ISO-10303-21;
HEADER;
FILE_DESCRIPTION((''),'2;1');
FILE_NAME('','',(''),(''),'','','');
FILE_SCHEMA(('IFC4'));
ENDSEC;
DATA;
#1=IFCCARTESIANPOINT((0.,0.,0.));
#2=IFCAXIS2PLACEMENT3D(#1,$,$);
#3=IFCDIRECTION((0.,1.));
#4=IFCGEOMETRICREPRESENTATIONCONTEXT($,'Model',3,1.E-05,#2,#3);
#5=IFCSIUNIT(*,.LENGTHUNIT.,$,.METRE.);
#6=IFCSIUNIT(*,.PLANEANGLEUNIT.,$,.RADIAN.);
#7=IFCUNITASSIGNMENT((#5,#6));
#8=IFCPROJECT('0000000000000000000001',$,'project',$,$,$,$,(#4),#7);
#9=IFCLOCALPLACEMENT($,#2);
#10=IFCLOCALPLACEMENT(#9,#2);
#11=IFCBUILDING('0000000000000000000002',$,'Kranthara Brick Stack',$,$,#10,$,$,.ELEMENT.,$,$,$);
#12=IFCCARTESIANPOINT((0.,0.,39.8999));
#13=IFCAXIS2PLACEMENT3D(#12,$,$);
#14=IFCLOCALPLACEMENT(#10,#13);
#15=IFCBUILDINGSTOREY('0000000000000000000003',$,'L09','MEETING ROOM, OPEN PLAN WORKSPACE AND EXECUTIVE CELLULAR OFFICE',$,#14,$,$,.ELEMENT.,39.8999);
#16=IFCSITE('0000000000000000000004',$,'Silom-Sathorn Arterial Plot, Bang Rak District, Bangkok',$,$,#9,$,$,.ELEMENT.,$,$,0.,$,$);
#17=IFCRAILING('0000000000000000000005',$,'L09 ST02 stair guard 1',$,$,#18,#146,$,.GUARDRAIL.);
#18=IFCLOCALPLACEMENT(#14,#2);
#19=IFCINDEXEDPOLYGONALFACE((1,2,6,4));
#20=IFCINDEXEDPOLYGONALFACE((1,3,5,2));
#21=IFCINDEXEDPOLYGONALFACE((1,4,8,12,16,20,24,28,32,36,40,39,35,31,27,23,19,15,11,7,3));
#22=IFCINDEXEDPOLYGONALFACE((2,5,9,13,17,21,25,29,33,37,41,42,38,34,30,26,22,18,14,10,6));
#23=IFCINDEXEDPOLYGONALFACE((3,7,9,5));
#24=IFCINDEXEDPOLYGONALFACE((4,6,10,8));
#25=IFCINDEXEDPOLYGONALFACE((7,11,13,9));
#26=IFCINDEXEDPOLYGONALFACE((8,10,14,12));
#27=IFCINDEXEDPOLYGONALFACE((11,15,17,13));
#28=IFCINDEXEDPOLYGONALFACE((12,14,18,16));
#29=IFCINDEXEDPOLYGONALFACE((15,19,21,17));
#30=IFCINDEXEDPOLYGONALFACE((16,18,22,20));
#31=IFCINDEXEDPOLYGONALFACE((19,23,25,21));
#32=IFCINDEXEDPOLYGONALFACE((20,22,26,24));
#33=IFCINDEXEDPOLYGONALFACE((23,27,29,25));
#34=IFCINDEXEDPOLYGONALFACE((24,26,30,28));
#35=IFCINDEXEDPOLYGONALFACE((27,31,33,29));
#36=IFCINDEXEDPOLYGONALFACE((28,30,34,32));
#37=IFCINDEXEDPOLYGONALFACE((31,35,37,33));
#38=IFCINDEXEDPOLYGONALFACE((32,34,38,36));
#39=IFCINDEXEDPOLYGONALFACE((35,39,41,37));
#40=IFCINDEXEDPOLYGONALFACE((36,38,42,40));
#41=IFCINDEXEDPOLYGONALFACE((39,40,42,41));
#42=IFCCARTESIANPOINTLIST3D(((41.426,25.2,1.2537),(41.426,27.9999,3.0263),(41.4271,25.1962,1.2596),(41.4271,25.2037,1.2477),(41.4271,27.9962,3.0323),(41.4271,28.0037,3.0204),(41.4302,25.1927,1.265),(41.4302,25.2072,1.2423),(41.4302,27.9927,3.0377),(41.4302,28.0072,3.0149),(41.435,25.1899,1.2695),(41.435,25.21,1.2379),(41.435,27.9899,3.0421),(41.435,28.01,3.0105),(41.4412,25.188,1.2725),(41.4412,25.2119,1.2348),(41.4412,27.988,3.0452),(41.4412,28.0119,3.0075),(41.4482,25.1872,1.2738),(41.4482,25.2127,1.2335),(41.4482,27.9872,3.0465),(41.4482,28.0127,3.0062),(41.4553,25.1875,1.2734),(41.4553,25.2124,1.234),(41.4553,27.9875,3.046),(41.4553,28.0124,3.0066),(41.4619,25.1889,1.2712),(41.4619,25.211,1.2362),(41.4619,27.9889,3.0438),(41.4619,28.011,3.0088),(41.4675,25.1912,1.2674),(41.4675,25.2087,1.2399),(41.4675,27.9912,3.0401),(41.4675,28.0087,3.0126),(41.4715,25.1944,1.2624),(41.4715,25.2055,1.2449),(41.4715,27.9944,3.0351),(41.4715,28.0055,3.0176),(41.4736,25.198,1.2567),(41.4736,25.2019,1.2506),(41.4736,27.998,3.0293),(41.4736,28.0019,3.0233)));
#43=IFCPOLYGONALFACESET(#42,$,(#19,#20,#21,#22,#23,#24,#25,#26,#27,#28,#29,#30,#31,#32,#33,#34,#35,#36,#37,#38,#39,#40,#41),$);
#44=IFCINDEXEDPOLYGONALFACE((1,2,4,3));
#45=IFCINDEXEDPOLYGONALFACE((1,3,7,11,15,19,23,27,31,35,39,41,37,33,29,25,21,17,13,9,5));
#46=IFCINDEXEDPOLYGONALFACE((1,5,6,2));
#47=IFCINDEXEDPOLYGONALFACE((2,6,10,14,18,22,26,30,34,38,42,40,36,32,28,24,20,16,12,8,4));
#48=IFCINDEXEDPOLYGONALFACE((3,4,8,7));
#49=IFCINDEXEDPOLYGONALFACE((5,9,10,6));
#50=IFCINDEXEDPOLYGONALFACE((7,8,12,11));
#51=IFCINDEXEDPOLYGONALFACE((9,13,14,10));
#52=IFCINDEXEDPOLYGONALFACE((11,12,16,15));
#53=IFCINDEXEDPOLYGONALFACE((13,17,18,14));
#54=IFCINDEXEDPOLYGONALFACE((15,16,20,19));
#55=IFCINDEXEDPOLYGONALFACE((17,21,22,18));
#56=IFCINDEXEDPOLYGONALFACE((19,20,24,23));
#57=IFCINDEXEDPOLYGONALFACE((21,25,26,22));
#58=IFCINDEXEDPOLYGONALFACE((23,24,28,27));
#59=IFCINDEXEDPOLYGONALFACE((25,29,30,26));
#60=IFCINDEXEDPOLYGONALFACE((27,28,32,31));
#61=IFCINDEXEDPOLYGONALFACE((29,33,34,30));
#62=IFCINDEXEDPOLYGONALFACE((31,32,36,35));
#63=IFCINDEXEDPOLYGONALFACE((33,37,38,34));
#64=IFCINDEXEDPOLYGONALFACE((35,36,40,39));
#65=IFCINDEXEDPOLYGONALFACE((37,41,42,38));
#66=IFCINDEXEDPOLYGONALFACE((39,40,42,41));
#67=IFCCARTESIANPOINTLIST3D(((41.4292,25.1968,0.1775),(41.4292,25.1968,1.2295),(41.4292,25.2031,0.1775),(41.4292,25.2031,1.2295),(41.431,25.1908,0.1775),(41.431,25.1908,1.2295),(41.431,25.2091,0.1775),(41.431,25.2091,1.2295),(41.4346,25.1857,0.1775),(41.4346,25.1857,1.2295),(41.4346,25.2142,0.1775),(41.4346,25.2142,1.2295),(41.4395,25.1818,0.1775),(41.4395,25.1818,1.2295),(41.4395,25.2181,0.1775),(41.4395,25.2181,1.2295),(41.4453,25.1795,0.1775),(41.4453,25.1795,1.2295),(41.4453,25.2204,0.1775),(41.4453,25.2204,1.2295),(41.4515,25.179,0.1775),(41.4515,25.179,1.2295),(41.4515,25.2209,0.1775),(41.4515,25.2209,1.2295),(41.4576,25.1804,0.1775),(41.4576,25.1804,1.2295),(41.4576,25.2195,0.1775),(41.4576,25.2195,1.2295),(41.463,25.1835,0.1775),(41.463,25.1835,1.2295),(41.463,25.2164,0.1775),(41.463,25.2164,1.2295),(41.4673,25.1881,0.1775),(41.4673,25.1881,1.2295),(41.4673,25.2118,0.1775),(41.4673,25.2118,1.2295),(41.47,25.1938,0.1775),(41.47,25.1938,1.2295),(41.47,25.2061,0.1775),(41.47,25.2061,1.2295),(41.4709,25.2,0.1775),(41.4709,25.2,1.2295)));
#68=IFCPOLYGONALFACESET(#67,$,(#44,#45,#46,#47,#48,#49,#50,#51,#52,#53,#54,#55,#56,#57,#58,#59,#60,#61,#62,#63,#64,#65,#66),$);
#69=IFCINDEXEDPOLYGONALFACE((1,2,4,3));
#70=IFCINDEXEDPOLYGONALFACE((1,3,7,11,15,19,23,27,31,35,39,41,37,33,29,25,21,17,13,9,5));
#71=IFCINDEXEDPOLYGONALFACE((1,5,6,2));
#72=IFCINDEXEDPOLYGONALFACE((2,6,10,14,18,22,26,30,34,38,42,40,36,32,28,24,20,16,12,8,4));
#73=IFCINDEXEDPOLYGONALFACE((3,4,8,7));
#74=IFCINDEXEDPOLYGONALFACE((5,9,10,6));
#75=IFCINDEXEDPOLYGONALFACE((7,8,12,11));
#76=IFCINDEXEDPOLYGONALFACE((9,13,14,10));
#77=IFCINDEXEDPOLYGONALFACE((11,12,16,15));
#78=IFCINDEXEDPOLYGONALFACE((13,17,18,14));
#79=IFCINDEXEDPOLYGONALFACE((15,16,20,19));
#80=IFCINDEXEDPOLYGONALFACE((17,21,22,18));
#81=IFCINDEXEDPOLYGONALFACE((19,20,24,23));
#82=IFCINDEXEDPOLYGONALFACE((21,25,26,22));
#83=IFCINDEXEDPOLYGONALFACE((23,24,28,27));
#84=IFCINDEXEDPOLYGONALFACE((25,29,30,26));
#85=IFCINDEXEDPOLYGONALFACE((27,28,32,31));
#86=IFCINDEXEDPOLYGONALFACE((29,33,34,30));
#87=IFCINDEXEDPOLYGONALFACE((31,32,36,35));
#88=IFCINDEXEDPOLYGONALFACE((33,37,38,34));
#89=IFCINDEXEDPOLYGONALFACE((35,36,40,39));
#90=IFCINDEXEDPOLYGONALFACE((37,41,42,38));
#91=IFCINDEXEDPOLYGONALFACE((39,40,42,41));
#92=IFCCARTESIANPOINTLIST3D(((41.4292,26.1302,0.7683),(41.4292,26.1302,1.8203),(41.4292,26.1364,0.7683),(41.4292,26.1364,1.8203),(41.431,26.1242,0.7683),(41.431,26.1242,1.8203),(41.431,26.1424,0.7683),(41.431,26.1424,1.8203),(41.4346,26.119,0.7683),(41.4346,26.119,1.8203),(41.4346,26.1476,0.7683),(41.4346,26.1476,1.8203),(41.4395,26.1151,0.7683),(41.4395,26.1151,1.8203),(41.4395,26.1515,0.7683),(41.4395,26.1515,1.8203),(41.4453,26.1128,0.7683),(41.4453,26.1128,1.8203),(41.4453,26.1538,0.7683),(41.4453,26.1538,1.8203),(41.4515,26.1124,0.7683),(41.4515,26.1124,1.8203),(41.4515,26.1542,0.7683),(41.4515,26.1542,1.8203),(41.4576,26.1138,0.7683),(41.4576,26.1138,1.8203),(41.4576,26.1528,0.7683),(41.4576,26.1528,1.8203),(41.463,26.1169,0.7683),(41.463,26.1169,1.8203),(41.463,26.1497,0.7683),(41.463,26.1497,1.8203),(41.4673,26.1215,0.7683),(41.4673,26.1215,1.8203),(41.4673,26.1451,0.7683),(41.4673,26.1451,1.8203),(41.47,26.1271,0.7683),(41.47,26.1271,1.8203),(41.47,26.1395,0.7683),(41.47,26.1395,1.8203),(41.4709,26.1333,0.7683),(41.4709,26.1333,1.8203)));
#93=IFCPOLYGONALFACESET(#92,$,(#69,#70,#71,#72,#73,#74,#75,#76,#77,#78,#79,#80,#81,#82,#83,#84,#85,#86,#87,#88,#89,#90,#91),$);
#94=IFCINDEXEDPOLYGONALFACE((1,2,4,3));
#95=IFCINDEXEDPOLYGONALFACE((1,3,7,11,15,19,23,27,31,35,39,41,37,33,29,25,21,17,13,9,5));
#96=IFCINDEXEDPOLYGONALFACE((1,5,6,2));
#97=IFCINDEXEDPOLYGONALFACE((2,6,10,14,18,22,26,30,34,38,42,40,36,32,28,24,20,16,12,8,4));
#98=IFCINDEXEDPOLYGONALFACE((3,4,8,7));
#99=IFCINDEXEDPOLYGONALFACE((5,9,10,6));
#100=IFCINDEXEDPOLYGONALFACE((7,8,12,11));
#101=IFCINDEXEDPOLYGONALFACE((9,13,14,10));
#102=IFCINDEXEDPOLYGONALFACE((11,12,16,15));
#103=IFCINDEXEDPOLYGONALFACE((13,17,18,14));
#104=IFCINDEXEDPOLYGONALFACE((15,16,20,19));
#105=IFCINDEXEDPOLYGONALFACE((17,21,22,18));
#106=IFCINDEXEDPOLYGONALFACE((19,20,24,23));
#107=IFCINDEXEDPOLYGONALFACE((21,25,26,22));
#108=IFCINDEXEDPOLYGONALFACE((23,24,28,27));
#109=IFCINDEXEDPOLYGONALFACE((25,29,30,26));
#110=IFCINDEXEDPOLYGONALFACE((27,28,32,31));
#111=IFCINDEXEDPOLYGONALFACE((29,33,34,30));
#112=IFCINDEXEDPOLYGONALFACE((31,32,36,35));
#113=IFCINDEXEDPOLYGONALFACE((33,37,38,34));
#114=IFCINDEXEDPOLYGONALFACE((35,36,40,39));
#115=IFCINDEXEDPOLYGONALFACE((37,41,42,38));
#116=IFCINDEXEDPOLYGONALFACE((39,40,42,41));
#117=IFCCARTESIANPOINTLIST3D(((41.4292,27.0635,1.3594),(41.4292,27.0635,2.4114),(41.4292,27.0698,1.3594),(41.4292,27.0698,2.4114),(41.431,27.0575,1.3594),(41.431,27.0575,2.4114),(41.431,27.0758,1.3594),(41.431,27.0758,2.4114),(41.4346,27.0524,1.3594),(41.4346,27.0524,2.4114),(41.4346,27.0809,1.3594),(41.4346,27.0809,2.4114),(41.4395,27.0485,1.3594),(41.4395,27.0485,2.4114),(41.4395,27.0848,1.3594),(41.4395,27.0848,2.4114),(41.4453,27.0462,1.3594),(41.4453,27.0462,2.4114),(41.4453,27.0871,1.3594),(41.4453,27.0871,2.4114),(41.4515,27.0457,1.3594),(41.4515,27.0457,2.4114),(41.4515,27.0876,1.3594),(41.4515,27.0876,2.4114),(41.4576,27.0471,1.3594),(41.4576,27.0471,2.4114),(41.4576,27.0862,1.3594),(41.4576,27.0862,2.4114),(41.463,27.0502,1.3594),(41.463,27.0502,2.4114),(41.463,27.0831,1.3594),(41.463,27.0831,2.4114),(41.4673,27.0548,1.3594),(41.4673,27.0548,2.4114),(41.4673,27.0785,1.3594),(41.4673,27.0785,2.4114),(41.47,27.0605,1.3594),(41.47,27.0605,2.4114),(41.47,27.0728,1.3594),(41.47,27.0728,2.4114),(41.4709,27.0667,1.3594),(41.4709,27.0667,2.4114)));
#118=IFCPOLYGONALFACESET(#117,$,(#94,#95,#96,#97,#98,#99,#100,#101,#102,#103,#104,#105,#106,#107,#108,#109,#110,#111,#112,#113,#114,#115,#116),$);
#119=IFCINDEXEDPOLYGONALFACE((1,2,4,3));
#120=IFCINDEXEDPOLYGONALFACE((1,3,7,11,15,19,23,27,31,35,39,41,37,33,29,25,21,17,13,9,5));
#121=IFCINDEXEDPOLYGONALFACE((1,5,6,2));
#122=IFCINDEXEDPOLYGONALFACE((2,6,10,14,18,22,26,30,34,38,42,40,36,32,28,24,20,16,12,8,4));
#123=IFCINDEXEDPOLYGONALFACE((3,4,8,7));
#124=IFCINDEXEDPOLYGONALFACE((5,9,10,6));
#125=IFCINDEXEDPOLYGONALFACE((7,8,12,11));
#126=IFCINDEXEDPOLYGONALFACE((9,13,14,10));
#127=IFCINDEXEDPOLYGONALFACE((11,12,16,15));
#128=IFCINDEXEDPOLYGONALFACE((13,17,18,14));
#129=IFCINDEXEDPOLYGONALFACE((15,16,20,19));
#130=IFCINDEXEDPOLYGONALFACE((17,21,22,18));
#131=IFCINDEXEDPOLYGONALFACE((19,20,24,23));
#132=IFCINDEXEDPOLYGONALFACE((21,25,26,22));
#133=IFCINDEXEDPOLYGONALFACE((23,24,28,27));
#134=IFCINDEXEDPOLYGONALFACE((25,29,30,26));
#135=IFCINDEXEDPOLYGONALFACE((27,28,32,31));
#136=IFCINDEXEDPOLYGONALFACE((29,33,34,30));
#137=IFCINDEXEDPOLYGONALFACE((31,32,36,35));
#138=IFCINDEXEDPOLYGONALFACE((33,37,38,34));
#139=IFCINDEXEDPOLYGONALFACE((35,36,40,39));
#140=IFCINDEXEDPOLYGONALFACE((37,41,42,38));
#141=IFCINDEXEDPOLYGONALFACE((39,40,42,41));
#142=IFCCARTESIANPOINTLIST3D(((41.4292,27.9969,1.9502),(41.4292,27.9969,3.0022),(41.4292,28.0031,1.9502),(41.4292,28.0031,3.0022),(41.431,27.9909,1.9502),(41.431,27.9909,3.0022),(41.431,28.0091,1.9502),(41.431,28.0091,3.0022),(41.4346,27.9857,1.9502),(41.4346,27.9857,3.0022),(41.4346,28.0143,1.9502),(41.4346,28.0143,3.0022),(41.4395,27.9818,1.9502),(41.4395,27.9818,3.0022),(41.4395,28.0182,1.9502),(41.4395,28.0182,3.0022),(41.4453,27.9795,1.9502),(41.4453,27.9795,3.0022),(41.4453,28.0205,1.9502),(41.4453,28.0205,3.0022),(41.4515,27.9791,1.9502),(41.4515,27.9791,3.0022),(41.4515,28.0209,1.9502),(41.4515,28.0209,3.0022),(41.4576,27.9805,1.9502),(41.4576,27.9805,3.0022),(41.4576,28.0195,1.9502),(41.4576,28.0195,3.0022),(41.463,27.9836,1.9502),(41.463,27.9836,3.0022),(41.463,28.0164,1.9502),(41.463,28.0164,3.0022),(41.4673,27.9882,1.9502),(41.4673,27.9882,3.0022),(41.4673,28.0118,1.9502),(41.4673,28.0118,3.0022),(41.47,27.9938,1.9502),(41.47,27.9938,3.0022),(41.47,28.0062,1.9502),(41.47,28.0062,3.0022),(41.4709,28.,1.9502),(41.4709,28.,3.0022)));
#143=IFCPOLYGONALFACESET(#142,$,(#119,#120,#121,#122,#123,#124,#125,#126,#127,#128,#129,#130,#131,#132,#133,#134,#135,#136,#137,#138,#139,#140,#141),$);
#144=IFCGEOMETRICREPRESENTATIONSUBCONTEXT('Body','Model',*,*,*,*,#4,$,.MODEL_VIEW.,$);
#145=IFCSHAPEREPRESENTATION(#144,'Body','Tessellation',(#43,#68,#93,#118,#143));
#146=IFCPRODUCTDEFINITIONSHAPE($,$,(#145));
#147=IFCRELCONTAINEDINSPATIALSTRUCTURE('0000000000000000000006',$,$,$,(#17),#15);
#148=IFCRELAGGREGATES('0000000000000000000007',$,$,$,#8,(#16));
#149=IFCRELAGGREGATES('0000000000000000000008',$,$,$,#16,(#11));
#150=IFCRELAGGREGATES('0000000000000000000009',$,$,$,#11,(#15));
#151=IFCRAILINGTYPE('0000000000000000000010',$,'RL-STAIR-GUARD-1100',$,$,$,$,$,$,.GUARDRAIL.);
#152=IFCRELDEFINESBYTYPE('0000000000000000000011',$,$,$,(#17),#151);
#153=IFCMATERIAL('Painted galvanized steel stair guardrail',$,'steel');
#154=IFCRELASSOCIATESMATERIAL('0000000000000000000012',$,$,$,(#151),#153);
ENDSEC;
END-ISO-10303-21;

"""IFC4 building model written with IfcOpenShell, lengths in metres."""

from ifc_helpers import new_model, si_unit, direction, frame, origin, origin_2d, place, context, subcontext, project, spatial, circle, extrude, material, type_object, element, save


model = new_model("IFC4")

# Units and contexts
model_context = context("Model", 3, precision=1e-05, world=origin(), true_north=direction((0.0, 1.0)))
body_context = subcontext(model_context, "Body", "Model", "MODEL_VIEW")
ifc_project = project(units=[si_unit("LENGTHUNIT", "METRE"), si_unit("PLANEANGLEUNIT", "RADIAN")], contexts=[model_context])

# Site, building, storey
site_placement = place(None, origin())
site = spatial("IfcSite", under=ifc_project, at=site_placement, Name="Silom-Sathorn Arterial Plot, Bang Rak District, Bangkok", CompositionType="ELEMENT", RefElevation=0.0)
building_placement = place(site_placement, origin())
building = spatial("IfcBuilding", under=site, at=building_placement, Name="Kranthara Brick Stack", CompositionType="ELEMENT")
storey_placement = place(building_placement, frame((0.0, 0.0, 39.8999)))
storey = spatial("IfcBuildingStorey", under=building, at=storey_placement, Name="L09", Description="MEETING ROOM, OPEN PLAN WORKSPACE AND EXECUTIVE CELLULAR OFFICE", CompositionType="ELEMENT", Elevation=39.8999)

# Railing
ifc_material_1 = material(Name="Painted galvanized steel stair guardrail", Category="steel")
railing_type = type_object("IfcRailingType", Name="RL-STAIR-GUARD-1100", PredefinedType="GUARDRAIL", material=ifc_material_1)
railing_1_placement = place(storey_placement, frame((41.45, 25.2, 0.1775)))
element("IfcRailing", 1, at=railing_1_placement, inside=storey, type_object=railing_type, Name="L09 ST02 stair guard 1", PredefinedType="GUARDRAIL", context=body_context, shape_type="SweptSolid", body=[
    extrude(circle(Radius=0.0239, at=origin_2d()), frame((0.0, 0.0, 1.0762), z_axis=(0.0, 0.844909, 0.53491), x_axis=(-1.0, 0.0, 0.0)), (0.0, 0.0, 1.0), 3.314),
    extrude(circle(Radius=0.021, at=origin_2d()), origin(), (0.0, 0.0, 1.0), 1.052),
    extrude(circle(Radius=0.021, at=origin_2d()), frame((0.0, 0.9333, 0.5908)), (0.0, 0.0, 1.0), 1.052),
    extrude(circle(Radius=0.021, at=origin_2d()), frame((0.0, 1.8667, 1.1819)), (0.0, 0.0, 1.0), 1.052),
    extrude(circle(Radius=0.021, at=origin_2d()), frame((0.0, 2.8, 1.7727)), (0.0, 0.0, 1.0), 1.052),
])

save(model, "model.ifc")
